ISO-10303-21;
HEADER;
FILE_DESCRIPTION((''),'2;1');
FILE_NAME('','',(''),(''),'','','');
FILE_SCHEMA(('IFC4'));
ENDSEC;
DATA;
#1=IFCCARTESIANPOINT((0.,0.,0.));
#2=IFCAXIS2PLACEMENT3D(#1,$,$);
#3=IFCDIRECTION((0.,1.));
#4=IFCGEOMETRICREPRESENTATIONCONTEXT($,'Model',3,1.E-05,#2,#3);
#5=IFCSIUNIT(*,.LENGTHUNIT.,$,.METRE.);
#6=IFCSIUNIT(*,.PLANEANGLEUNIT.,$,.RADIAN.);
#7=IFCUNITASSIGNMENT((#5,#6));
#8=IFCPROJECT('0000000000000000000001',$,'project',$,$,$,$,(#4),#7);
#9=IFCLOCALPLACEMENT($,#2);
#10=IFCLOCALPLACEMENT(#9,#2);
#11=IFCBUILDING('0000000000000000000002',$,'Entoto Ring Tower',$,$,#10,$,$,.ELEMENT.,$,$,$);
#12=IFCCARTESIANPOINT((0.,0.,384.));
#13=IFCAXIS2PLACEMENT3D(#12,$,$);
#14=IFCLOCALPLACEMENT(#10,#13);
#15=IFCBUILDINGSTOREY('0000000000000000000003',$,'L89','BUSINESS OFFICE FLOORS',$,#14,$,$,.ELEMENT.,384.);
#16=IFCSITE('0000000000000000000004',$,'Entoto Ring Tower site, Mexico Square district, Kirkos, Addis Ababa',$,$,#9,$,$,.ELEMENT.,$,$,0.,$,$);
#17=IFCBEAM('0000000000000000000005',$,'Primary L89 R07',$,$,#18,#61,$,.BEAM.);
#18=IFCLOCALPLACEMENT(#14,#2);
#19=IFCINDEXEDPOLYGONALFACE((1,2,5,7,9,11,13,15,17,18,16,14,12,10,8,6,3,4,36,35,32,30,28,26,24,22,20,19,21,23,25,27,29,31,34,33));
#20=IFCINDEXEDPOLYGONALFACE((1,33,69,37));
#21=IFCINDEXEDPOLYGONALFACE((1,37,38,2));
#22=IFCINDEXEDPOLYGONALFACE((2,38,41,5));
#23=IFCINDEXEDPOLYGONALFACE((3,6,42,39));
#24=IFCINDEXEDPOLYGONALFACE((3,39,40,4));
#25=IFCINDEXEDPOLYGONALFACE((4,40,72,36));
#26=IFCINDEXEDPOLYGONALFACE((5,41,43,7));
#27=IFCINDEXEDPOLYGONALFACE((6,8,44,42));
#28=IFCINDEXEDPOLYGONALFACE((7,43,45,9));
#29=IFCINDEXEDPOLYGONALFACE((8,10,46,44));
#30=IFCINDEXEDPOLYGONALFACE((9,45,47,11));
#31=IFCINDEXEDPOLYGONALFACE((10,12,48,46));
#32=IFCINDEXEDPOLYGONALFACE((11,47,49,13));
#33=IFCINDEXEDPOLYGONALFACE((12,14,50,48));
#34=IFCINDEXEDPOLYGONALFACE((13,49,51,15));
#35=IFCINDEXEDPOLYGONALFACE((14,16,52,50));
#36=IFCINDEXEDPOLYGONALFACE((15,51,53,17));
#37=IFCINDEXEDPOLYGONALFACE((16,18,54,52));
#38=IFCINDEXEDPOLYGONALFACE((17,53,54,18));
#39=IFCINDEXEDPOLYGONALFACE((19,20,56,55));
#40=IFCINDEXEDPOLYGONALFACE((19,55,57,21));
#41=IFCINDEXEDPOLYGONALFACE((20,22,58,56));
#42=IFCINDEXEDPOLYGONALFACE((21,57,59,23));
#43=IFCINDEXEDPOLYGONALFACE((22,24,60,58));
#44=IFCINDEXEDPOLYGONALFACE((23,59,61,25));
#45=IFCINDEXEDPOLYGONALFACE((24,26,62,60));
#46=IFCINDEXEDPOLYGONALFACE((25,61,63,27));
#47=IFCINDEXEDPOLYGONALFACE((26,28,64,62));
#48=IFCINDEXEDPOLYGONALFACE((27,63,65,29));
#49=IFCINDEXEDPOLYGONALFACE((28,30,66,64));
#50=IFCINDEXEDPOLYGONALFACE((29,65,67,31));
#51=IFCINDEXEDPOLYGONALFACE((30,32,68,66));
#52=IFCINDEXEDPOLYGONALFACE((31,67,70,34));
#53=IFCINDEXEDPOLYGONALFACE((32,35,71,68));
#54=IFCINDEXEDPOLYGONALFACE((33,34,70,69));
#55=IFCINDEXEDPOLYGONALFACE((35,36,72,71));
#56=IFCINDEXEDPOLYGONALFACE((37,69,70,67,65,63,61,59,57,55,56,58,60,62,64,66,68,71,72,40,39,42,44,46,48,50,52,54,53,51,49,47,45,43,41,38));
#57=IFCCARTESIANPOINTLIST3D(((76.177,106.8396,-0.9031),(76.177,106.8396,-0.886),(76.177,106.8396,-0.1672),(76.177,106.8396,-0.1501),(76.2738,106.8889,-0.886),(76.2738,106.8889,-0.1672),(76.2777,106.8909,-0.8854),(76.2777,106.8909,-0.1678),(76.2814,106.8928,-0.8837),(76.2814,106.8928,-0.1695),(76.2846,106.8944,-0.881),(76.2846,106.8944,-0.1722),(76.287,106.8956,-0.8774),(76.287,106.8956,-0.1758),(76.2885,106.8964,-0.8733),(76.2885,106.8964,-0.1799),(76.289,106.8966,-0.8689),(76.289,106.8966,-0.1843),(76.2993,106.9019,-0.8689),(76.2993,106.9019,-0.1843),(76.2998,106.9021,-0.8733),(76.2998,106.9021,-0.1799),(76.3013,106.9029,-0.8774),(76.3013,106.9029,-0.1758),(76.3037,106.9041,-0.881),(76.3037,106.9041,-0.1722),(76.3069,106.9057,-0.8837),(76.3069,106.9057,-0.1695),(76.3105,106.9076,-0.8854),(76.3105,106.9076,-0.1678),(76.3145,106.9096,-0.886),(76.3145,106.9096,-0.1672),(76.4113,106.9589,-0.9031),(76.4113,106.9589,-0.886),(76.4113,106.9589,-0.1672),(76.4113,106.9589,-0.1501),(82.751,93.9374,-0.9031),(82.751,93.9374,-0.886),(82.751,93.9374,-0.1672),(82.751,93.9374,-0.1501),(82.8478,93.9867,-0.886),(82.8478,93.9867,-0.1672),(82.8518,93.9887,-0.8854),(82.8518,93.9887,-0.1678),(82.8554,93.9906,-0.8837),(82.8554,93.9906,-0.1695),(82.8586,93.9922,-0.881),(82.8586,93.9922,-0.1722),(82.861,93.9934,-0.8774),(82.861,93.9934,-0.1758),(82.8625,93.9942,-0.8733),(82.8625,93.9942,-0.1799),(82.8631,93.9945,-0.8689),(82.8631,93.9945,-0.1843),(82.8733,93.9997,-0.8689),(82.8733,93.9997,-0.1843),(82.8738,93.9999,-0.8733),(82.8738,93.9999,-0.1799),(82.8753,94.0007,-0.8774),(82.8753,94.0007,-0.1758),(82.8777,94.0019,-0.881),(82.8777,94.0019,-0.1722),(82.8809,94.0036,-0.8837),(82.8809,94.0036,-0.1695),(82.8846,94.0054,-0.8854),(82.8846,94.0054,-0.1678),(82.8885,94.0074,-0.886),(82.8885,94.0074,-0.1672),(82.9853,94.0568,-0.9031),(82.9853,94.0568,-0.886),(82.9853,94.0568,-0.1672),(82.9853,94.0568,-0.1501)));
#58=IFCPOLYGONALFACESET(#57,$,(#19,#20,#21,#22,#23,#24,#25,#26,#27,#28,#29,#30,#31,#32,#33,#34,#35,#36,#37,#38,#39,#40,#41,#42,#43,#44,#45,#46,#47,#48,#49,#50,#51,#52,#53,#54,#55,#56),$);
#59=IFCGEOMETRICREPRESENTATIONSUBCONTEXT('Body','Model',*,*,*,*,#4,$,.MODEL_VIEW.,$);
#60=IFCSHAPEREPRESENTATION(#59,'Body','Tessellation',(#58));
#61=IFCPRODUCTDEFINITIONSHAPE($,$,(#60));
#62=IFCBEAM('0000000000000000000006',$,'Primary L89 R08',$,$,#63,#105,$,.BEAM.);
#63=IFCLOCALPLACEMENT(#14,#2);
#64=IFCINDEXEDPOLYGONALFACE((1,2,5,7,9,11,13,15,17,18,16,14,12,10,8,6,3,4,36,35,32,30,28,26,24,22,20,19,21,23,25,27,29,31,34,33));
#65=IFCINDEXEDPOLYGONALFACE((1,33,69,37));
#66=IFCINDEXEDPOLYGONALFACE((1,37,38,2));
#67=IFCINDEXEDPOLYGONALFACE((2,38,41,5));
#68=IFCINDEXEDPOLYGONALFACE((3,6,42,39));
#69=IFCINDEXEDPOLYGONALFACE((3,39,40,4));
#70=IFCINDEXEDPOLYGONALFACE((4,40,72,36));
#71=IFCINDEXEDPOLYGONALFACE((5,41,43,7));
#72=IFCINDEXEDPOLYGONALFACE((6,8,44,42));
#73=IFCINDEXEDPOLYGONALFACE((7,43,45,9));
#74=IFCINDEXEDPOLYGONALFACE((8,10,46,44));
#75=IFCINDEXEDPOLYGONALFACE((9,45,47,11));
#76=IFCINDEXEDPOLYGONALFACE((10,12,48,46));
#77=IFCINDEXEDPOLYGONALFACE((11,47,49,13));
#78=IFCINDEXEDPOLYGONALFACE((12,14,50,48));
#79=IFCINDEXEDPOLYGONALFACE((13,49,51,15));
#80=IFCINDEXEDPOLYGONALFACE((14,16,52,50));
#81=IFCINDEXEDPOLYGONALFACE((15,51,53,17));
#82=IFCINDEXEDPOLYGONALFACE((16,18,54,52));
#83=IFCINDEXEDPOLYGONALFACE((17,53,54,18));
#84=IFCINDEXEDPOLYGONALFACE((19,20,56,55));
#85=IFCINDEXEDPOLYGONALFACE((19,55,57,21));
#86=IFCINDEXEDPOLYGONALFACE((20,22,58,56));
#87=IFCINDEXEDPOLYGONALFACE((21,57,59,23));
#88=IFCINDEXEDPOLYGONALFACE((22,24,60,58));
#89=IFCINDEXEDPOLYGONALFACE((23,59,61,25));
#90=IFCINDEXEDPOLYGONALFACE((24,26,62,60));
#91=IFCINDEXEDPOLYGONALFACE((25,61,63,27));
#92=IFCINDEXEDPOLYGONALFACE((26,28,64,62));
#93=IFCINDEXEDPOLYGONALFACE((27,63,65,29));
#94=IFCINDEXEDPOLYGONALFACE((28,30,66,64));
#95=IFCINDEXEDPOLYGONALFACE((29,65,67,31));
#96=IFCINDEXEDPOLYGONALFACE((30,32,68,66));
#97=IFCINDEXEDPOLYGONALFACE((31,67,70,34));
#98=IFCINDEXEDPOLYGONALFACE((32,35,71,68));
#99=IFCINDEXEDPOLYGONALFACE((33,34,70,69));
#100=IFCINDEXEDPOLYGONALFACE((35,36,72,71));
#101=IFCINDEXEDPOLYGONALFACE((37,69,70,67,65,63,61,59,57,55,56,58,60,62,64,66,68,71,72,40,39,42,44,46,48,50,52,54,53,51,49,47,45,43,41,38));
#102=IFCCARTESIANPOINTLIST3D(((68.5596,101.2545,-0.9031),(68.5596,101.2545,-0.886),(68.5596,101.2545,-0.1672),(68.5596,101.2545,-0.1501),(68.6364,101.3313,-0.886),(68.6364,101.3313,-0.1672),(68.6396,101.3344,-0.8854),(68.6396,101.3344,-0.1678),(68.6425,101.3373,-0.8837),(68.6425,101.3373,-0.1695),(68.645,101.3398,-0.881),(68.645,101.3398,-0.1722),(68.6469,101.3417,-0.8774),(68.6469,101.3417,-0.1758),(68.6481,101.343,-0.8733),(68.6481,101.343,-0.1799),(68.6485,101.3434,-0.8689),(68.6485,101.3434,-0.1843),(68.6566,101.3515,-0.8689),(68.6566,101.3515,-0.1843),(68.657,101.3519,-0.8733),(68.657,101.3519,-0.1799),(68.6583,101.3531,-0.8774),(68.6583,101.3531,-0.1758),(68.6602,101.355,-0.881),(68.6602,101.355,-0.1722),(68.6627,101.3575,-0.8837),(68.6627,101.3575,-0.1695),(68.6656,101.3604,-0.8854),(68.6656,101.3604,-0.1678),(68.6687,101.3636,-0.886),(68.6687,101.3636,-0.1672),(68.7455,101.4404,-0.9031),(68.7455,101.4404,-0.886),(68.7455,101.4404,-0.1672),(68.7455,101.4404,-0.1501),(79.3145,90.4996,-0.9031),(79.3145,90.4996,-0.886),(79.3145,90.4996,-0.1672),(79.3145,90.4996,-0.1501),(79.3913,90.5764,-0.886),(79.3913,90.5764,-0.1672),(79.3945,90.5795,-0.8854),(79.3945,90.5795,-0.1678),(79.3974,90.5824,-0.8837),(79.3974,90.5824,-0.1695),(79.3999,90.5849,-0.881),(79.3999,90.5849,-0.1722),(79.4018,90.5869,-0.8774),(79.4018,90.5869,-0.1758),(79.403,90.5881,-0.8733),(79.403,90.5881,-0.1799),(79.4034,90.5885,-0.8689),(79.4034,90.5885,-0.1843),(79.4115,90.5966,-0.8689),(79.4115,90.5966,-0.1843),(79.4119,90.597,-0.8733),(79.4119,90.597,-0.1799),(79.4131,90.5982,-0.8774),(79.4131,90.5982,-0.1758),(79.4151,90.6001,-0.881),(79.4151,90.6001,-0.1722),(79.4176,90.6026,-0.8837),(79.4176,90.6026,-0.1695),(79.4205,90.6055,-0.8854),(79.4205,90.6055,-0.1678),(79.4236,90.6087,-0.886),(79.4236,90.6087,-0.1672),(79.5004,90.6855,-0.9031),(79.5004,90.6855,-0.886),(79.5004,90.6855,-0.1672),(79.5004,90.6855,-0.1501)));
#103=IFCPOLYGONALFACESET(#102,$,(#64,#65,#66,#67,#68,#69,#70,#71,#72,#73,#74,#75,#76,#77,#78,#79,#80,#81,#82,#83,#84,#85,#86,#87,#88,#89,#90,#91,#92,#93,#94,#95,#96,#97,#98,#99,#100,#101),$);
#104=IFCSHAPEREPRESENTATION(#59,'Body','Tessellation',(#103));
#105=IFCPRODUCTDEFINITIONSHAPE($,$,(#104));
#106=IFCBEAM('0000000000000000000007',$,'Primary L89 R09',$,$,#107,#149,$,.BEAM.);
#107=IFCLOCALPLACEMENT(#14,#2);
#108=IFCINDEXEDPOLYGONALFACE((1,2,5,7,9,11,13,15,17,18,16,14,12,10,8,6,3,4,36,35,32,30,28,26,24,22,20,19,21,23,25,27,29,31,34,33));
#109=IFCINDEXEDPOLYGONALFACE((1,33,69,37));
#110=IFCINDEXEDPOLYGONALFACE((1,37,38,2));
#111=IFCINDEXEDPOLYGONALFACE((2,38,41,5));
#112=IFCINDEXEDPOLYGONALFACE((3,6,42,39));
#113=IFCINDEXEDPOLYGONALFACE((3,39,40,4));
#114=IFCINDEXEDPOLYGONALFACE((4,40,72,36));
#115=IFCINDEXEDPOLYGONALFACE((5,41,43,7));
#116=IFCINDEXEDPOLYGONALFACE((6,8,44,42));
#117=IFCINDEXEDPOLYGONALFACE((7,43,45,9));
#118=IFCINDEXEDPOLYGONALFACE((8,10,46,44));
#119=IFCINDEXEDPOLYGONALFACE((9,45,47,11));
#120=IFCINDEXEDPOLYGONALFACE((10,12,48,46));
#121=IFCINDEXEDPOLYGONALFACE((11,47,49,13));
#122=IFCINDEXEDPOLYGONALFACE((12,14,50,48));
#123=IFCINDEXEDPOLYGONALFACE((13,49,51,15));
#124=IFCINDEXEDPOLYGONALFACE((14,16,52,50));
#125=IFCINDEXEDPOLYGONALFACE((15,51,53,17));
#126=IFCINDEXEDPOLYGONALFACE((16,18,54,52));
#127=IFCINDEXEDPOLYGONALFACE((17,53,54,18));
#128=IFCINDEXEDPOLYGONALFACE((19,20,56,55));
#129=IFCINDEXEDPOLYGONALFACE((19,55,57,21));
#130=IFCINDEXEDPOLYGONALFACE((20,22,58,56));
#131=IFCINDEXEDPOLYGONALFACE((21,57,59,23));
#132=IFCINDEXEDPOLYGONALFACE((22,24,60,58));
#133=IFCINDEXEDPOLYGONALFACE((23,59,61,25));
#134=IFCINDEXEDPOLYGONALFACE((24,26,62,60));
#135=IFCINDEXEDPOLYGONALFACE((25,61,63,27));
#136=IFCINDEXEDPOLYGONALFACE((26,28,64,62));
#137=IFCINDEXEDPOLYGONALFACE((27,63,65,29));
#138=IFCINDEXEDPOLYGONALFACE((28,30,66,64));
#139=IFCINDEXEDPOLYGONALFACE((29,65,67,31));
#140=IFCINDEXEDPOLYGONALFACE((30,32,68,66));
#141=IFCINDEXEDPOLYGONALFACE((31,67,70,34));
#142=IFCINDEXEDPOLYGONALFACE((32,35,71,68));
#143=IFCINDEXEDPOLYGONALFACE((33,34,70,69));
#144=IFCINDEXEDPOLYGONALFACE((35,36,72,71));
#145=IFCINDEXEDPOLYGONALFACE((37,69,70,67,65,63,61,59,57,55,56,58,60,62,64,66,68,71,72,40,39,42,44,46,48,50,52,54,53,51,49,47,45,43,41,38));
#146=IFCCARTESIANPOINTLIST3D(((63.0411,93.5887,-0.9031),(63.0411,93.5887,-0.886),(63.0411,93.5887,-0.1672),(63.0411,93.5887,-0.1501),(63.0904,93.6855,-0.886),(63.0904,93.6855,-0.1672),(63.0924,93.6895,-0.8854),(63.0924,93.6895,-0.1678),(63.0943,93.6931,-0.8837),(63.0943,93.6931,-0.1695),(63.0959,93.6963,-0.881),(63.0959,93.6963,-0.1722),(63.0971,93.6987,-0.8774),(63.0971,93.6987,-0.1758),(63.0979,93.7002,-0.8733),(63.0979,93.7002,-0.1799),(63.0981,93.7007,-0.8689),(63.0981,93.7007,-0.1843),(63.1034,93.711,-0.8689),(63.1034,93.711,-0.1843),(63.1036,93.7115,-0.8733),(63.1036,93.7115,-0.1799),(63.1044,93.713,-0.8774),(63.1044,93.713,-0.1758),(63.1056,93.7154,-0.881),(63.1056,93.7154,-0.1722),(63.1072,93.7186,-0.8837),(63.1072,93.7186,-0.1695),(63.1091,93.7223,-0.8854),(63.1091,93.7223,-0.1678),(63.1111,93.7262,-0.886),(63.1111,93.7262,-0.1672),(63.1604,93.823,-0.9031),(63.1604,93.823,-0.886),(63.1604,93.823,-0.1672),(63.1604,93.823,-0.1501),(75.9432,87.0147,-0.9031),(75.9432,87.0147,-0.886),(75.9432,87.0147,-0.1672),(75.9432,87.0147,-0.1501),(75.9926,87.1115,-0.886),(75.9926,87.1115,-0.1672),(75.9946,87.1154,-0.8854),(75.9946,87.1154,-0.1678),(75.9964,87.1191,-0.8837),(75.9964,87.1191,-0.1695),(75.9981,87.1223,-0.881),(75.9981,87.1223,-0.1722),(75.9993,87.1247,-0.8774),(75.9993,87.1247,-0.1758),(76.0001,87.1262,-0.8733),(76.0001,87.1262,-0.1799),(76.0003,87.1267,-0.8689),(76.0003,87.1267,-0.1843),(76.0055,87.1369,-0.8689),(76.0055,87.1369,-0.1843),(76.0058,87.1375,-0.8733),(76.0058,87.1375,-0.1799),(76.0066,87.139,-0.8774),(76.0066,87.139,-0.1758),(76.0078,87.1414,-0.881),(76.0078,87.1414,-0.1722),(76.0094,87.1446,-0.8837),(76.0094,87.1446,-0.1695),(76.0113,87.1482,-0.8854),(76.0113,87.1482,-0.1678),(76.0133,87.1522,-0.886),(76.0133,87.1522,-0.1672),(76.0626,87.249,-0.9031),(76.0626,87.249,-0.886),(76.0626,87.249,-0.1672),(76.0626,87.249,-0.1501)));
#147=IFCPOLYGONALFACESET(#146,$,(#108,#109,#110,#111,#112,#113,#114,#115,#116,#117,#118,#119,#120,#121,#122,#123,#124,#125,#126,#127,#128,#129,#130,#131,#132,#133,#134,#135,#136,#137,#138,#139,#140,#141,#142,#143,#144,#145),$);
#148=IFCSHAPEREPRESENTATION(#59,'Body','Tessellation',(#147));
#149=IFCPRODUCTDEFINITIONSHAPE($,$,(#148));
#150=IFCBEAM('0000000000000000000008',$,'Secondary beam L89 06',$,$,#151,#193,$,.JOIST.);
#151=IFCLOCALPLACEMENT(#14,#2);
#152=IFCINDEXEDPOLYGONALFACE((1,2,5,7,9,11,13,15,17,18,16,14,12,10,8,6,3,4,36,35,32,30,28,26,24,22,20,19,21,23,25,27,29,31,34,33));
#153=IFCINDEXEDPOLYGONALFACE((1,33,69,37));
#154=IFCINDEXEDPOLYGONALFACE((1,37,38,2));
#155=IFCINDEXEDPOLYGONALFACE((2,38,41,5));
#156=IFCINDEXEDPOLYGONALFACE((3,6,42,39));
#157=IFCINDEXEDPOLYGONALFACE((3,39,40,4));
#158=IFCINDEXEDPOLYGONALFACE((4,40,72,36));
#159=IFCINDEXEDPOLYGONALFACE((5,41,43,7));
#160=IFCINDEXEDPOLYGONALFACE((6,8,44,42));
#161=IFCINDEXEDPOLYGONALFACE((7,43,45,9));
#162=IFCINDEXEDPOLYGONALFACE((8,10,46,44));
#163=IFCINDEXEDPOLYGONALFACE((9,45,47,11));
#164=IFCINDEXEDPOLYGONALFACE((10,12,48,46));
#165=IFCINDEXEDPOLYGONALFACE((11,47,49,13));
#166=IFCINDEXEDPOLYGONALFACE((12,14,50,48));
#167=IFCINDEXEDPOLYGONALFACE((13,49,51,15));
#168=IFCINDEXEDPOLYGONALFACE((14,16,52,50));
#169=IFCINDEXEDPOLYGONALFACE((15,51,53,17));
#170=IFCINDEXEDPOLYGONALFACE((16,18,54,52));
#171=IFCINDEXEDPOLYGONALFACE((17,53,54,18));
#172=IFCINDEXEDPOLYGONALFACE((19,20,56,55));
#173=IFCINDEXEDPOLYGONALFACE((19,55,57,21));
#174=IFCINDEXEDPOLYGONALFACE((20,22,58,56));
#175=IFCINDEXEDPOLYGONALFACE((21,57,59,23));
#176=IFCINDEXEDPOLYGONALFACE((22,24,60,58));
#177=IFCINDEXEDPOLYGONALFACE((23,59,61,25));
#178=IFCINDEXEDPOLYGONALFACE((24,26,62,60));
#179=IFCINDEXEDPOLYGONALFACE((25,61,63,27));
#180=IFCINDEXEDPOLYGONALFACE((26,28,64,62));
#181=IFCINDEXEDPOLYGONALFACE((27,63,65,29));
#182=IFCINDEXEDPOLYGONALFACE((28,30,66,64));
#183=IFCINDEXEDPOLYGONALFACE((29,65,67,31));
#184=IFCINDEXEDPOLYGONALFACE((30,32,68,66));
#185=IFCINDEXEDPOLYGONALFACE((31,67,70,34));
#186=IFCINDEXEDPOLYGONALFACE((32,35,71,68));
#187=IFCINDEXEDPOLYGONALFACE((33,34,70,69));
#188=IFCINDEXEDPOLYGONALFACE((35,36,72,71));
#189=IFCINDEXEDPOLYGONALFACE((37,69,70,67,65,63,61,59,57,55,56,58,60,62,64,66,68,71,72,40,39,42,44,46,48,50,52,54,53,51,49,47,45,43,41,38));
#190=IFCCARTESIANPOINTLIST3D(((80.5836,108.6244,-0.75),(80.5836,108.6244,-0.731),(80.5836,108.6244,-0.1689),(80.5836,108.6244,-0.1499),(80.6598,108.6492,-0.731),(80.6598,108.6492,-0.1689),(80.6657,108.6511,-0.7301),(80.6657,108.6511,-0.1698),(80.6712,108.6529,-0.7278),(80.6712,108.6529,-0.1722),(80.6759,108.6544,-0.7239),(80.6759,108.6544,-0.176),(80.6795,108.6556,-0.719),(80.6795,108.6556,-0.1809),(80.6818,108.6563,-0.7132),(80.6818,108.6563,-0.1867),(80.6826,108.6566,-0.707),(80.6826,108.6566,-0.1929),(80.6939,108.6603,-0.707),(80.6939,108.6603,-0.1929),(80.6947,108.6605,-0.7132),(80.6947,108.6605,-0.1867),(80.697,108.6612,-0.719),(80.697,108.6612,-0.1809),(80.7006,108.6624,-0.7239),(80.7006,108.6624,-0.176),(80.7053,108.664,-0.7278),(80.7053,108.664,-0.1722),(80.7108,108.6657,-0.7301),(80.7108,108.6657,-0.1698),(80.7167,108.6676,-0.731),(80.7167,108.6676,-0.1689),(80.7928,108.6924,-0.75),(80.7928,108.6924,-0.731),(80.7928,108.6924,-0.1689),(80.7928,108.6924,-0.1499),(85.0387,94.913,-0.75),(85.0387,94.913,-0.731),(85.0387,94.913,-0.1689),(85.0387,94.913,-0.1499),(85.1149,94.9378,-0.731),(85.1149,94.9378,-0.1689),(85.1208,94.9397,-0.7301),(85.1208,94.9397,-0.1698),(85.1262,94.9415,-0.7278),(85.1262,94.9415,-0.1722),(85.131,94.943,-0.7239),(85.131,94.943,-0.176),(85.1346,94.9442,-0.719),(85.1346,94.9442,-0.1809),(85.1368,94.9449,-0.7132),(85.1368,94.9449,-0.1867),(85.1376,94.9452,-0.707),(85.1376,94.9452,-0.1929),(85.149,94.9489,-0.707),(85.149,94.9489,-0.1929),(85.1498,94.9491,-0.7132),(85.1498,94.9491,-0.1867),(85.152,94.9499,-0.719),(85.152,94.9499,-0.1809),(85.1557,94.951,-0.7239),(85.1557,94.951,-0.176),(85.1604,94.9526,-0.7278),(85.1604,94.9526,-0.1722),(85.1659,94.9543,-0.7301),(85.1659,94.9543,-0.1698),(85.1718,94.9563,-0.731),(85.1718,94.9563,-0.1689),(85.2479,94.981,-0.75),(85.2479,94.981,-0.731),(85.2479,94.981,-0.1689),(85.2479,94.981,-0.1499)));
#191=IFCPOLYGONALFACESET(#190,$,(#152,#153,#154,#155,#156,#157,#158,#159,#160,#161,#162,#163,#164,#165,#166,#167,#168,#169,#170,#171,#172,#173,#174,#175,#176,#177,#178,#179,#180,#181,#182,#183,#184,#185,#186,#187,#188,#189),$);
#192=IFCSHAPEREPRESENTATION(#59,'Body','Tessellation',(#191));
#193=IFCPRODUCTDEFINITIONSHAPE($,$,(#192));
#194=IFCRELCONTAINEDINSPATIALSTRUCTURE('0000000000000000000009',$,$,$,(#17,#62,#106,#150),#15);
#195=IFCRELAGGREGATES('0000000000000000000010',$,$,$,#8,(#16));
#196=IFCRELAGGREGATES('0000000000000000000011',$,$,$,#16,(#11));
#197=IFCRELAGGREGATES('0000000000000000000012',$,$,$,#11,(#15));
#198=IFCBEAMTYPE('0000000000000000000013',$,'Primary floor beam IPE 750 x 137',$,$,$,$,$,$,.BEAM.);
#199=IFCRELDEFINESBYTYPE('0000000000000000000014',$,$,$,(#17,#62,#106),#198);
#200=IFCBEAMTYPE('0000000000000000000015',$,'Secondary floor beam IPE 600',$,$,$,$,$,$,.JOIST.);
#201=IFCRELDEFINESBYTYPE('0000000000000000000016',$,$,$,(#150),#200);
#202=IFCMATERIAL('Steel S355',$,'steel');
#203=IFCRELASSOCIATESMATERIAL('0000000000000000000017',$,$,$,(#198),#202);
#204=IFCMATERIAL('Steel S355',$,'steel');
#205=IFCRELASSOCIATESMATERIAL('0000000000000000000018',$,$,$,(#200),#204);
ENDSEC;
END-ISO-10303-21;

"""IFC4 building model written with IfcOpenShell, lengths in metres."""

from ifc_helpers import new_model, si_unit, direction, frame, origin, origin_2d, place, context, subcontext, project, spatial, i_section, extrude, material, material_profile, profile_set, type_object, element, save


model = new_model("IFC4")

# Units and contexts
model_context = context("Model", 3, precision=1e-05, world=origin(), true_north=direction((0.0, 1.0)))
body_context = subcontext(model_context, "Body", "Model", "MODEL_VIEW")
ifc_project = project(units=[si_unit("LENGTHUNIT", "METRE"), si_unit("PLANEANGLEUNIT", "RADIAN")], contexts=[model_context])

# Site, building, storey
site_placement = place(None, origin())
site = spatial("IfcSite", under=ifc_project, at=site_placement, Name="Entoto Ring Tower site, Mexico Square district, Kirkos, Addis Ababa", CompositionType="ELEMENT", RefElevation=0.0)
building_placement = place(site_placement, origin())
building = spatial("IfcBuilding", under=site, at=building_placement, Name="Entoto Ring Tower", CompositionType="ELEMENT")
storey_placement = place(building_placement, frame((0.0, 0.0, 384.0)))
storey = spatial("IfcBuildingStorey", under=building, at=storey_placement, Name="L89", Description="BUSINESS OFFICE FLOORS", CompositionType="ELEMENT", Elevation=384.0)

# Beams
ifc_material_1 = material(Name="Steel S355", Category="steel")
ifc_material_profile_1 = material_profile(ifc_material_1, i_section(OverallWidth=0.2629, OverallDepth=0.7529, WebThickness=0.0115, FlangeThickness=0.0171, FilletRadius=0.0171, at=origin_2d()), Name="IPE 750 x 137")
ifc_profile_set_1 = profile_set([ifc_material_profile_1], Name="Steel S355")
beam_type_1 = type_object("IfcBeamType", Name="Primary floor beam IPE 750 x 137", PredefinedType="BEAM", material=ifc_profile_set_1)
beam_1_placement = place(storey_placement, frame((82.8682, 93.9971, -0.5266), z_axis=(-0.453992, 0.891006, 0.0), x_axis=(-0.891006, -0.453992, 0.0)))
element("IfcBeam", 1, at=beam_1_placement, inside=storey, type_object=beam_type_1, Name="Primary L89 R07", PredefinedType="BEAM", context=body_context, shape_type="SweptSolid", body=[
    extrude(i_section(OverallWidth=0.2629, OverallDepth=0.7529, WebThickness=0.0115, FlangeThickness=0.0171, FilletRadius=0.0171, at=origin_2d()), origin(), (0.0, 0.0, 1.0), 14.4805),
])
beam_2_placement = place(storey_placement, frame((79.4075, 90.5925, -0.5266), z_axis=(-0.707107, 0.707107, 0.0), x_axis=(-0.707107, -0.707107, 0.0)))
element("IfcBeam", 2, at=beam_2_placement, inside=storey, type_object=beam_type_1, Name="Primary L89 R08", PredefinedType="BEAM", context=body_context, shape_type="SweptSolid", body=[
    extrude(i_section(OverallWidth=0.2629, OverallDepth=0.7529, WebThickness=0.0115, FlangeThickness=0.0171, FilletRadius=0.0171, at=origin_2d()), origin(), (0.0, 0.0, 1.0), 15.2097),
])
beam_3_placement = place(storey_placement, frame((76.0029, 87.1318, -0.5266), z_axis=(-0.891006, 0.453992, 0.0), x_axis=(-0.453992, -0.891006, 0.0)))
element("IfcBeam", 3, at=beam_3_placement, inside=storey, type_object=beam_type_1, Name="Primary L89 R09", PredefinedType="BEAM", context=body_context, shape_type="SweptSolid", body=[
    extrude(i_section(OverallWidth=0.2629, OverallDepth=0.7529, WebThickness=0.0115, FlangeThickness=0.0171, FilletRadius=0.0171, at=origin_2d()), origin(), (0.0, 0.0, 1.0), 14.4805),
])
ifc_material_2 = material(Name="Steel S355", Category="steel")
ifc_material_profile_2 = material_profile(ifc_material_2, i_section(OverallWidth=0.22, OverallDepth=0.6001, WebThickness=0.012, FlangeThickness=0.019, FilletRadius=0.0239, at=origin_2d()), Name="IPE 600")
ifc_profile_set_2 = profile_set([ifc_material_profile_2], Name="Steel S355")
beam_type_2 = type_object("IfcBeamType", Name="Secondary floor beam IPE 600", PredefinedType="JOIST", material=ifc_profile_set_2)
beam_4_placement = place(storey_placement, frame((85.1433, 94.947, -0.45), z_axis=(-0.309015, 0.951057, 0.0), x_axis=(-0.951057, -0.309015, 0.0)))
element("IfcBeam", 4, at=beam_4_placement, inside=storey, type_object=beam_type_2, Name="Secondary beam L89 06", PredefinedType="JOIST", context=body_context, shape_type="SweptSolid", body=[
    extrude(i_section(OverallWidth=0.22, OverallDepth=0.6001, WebThickness=0.012, FlangeThickness=0.019, FilletRadius=0.0239, at=origin_2d()), origin(), (0.0, 0.0, 1.0), 14.417),
])

save(model, "model.ifc")
